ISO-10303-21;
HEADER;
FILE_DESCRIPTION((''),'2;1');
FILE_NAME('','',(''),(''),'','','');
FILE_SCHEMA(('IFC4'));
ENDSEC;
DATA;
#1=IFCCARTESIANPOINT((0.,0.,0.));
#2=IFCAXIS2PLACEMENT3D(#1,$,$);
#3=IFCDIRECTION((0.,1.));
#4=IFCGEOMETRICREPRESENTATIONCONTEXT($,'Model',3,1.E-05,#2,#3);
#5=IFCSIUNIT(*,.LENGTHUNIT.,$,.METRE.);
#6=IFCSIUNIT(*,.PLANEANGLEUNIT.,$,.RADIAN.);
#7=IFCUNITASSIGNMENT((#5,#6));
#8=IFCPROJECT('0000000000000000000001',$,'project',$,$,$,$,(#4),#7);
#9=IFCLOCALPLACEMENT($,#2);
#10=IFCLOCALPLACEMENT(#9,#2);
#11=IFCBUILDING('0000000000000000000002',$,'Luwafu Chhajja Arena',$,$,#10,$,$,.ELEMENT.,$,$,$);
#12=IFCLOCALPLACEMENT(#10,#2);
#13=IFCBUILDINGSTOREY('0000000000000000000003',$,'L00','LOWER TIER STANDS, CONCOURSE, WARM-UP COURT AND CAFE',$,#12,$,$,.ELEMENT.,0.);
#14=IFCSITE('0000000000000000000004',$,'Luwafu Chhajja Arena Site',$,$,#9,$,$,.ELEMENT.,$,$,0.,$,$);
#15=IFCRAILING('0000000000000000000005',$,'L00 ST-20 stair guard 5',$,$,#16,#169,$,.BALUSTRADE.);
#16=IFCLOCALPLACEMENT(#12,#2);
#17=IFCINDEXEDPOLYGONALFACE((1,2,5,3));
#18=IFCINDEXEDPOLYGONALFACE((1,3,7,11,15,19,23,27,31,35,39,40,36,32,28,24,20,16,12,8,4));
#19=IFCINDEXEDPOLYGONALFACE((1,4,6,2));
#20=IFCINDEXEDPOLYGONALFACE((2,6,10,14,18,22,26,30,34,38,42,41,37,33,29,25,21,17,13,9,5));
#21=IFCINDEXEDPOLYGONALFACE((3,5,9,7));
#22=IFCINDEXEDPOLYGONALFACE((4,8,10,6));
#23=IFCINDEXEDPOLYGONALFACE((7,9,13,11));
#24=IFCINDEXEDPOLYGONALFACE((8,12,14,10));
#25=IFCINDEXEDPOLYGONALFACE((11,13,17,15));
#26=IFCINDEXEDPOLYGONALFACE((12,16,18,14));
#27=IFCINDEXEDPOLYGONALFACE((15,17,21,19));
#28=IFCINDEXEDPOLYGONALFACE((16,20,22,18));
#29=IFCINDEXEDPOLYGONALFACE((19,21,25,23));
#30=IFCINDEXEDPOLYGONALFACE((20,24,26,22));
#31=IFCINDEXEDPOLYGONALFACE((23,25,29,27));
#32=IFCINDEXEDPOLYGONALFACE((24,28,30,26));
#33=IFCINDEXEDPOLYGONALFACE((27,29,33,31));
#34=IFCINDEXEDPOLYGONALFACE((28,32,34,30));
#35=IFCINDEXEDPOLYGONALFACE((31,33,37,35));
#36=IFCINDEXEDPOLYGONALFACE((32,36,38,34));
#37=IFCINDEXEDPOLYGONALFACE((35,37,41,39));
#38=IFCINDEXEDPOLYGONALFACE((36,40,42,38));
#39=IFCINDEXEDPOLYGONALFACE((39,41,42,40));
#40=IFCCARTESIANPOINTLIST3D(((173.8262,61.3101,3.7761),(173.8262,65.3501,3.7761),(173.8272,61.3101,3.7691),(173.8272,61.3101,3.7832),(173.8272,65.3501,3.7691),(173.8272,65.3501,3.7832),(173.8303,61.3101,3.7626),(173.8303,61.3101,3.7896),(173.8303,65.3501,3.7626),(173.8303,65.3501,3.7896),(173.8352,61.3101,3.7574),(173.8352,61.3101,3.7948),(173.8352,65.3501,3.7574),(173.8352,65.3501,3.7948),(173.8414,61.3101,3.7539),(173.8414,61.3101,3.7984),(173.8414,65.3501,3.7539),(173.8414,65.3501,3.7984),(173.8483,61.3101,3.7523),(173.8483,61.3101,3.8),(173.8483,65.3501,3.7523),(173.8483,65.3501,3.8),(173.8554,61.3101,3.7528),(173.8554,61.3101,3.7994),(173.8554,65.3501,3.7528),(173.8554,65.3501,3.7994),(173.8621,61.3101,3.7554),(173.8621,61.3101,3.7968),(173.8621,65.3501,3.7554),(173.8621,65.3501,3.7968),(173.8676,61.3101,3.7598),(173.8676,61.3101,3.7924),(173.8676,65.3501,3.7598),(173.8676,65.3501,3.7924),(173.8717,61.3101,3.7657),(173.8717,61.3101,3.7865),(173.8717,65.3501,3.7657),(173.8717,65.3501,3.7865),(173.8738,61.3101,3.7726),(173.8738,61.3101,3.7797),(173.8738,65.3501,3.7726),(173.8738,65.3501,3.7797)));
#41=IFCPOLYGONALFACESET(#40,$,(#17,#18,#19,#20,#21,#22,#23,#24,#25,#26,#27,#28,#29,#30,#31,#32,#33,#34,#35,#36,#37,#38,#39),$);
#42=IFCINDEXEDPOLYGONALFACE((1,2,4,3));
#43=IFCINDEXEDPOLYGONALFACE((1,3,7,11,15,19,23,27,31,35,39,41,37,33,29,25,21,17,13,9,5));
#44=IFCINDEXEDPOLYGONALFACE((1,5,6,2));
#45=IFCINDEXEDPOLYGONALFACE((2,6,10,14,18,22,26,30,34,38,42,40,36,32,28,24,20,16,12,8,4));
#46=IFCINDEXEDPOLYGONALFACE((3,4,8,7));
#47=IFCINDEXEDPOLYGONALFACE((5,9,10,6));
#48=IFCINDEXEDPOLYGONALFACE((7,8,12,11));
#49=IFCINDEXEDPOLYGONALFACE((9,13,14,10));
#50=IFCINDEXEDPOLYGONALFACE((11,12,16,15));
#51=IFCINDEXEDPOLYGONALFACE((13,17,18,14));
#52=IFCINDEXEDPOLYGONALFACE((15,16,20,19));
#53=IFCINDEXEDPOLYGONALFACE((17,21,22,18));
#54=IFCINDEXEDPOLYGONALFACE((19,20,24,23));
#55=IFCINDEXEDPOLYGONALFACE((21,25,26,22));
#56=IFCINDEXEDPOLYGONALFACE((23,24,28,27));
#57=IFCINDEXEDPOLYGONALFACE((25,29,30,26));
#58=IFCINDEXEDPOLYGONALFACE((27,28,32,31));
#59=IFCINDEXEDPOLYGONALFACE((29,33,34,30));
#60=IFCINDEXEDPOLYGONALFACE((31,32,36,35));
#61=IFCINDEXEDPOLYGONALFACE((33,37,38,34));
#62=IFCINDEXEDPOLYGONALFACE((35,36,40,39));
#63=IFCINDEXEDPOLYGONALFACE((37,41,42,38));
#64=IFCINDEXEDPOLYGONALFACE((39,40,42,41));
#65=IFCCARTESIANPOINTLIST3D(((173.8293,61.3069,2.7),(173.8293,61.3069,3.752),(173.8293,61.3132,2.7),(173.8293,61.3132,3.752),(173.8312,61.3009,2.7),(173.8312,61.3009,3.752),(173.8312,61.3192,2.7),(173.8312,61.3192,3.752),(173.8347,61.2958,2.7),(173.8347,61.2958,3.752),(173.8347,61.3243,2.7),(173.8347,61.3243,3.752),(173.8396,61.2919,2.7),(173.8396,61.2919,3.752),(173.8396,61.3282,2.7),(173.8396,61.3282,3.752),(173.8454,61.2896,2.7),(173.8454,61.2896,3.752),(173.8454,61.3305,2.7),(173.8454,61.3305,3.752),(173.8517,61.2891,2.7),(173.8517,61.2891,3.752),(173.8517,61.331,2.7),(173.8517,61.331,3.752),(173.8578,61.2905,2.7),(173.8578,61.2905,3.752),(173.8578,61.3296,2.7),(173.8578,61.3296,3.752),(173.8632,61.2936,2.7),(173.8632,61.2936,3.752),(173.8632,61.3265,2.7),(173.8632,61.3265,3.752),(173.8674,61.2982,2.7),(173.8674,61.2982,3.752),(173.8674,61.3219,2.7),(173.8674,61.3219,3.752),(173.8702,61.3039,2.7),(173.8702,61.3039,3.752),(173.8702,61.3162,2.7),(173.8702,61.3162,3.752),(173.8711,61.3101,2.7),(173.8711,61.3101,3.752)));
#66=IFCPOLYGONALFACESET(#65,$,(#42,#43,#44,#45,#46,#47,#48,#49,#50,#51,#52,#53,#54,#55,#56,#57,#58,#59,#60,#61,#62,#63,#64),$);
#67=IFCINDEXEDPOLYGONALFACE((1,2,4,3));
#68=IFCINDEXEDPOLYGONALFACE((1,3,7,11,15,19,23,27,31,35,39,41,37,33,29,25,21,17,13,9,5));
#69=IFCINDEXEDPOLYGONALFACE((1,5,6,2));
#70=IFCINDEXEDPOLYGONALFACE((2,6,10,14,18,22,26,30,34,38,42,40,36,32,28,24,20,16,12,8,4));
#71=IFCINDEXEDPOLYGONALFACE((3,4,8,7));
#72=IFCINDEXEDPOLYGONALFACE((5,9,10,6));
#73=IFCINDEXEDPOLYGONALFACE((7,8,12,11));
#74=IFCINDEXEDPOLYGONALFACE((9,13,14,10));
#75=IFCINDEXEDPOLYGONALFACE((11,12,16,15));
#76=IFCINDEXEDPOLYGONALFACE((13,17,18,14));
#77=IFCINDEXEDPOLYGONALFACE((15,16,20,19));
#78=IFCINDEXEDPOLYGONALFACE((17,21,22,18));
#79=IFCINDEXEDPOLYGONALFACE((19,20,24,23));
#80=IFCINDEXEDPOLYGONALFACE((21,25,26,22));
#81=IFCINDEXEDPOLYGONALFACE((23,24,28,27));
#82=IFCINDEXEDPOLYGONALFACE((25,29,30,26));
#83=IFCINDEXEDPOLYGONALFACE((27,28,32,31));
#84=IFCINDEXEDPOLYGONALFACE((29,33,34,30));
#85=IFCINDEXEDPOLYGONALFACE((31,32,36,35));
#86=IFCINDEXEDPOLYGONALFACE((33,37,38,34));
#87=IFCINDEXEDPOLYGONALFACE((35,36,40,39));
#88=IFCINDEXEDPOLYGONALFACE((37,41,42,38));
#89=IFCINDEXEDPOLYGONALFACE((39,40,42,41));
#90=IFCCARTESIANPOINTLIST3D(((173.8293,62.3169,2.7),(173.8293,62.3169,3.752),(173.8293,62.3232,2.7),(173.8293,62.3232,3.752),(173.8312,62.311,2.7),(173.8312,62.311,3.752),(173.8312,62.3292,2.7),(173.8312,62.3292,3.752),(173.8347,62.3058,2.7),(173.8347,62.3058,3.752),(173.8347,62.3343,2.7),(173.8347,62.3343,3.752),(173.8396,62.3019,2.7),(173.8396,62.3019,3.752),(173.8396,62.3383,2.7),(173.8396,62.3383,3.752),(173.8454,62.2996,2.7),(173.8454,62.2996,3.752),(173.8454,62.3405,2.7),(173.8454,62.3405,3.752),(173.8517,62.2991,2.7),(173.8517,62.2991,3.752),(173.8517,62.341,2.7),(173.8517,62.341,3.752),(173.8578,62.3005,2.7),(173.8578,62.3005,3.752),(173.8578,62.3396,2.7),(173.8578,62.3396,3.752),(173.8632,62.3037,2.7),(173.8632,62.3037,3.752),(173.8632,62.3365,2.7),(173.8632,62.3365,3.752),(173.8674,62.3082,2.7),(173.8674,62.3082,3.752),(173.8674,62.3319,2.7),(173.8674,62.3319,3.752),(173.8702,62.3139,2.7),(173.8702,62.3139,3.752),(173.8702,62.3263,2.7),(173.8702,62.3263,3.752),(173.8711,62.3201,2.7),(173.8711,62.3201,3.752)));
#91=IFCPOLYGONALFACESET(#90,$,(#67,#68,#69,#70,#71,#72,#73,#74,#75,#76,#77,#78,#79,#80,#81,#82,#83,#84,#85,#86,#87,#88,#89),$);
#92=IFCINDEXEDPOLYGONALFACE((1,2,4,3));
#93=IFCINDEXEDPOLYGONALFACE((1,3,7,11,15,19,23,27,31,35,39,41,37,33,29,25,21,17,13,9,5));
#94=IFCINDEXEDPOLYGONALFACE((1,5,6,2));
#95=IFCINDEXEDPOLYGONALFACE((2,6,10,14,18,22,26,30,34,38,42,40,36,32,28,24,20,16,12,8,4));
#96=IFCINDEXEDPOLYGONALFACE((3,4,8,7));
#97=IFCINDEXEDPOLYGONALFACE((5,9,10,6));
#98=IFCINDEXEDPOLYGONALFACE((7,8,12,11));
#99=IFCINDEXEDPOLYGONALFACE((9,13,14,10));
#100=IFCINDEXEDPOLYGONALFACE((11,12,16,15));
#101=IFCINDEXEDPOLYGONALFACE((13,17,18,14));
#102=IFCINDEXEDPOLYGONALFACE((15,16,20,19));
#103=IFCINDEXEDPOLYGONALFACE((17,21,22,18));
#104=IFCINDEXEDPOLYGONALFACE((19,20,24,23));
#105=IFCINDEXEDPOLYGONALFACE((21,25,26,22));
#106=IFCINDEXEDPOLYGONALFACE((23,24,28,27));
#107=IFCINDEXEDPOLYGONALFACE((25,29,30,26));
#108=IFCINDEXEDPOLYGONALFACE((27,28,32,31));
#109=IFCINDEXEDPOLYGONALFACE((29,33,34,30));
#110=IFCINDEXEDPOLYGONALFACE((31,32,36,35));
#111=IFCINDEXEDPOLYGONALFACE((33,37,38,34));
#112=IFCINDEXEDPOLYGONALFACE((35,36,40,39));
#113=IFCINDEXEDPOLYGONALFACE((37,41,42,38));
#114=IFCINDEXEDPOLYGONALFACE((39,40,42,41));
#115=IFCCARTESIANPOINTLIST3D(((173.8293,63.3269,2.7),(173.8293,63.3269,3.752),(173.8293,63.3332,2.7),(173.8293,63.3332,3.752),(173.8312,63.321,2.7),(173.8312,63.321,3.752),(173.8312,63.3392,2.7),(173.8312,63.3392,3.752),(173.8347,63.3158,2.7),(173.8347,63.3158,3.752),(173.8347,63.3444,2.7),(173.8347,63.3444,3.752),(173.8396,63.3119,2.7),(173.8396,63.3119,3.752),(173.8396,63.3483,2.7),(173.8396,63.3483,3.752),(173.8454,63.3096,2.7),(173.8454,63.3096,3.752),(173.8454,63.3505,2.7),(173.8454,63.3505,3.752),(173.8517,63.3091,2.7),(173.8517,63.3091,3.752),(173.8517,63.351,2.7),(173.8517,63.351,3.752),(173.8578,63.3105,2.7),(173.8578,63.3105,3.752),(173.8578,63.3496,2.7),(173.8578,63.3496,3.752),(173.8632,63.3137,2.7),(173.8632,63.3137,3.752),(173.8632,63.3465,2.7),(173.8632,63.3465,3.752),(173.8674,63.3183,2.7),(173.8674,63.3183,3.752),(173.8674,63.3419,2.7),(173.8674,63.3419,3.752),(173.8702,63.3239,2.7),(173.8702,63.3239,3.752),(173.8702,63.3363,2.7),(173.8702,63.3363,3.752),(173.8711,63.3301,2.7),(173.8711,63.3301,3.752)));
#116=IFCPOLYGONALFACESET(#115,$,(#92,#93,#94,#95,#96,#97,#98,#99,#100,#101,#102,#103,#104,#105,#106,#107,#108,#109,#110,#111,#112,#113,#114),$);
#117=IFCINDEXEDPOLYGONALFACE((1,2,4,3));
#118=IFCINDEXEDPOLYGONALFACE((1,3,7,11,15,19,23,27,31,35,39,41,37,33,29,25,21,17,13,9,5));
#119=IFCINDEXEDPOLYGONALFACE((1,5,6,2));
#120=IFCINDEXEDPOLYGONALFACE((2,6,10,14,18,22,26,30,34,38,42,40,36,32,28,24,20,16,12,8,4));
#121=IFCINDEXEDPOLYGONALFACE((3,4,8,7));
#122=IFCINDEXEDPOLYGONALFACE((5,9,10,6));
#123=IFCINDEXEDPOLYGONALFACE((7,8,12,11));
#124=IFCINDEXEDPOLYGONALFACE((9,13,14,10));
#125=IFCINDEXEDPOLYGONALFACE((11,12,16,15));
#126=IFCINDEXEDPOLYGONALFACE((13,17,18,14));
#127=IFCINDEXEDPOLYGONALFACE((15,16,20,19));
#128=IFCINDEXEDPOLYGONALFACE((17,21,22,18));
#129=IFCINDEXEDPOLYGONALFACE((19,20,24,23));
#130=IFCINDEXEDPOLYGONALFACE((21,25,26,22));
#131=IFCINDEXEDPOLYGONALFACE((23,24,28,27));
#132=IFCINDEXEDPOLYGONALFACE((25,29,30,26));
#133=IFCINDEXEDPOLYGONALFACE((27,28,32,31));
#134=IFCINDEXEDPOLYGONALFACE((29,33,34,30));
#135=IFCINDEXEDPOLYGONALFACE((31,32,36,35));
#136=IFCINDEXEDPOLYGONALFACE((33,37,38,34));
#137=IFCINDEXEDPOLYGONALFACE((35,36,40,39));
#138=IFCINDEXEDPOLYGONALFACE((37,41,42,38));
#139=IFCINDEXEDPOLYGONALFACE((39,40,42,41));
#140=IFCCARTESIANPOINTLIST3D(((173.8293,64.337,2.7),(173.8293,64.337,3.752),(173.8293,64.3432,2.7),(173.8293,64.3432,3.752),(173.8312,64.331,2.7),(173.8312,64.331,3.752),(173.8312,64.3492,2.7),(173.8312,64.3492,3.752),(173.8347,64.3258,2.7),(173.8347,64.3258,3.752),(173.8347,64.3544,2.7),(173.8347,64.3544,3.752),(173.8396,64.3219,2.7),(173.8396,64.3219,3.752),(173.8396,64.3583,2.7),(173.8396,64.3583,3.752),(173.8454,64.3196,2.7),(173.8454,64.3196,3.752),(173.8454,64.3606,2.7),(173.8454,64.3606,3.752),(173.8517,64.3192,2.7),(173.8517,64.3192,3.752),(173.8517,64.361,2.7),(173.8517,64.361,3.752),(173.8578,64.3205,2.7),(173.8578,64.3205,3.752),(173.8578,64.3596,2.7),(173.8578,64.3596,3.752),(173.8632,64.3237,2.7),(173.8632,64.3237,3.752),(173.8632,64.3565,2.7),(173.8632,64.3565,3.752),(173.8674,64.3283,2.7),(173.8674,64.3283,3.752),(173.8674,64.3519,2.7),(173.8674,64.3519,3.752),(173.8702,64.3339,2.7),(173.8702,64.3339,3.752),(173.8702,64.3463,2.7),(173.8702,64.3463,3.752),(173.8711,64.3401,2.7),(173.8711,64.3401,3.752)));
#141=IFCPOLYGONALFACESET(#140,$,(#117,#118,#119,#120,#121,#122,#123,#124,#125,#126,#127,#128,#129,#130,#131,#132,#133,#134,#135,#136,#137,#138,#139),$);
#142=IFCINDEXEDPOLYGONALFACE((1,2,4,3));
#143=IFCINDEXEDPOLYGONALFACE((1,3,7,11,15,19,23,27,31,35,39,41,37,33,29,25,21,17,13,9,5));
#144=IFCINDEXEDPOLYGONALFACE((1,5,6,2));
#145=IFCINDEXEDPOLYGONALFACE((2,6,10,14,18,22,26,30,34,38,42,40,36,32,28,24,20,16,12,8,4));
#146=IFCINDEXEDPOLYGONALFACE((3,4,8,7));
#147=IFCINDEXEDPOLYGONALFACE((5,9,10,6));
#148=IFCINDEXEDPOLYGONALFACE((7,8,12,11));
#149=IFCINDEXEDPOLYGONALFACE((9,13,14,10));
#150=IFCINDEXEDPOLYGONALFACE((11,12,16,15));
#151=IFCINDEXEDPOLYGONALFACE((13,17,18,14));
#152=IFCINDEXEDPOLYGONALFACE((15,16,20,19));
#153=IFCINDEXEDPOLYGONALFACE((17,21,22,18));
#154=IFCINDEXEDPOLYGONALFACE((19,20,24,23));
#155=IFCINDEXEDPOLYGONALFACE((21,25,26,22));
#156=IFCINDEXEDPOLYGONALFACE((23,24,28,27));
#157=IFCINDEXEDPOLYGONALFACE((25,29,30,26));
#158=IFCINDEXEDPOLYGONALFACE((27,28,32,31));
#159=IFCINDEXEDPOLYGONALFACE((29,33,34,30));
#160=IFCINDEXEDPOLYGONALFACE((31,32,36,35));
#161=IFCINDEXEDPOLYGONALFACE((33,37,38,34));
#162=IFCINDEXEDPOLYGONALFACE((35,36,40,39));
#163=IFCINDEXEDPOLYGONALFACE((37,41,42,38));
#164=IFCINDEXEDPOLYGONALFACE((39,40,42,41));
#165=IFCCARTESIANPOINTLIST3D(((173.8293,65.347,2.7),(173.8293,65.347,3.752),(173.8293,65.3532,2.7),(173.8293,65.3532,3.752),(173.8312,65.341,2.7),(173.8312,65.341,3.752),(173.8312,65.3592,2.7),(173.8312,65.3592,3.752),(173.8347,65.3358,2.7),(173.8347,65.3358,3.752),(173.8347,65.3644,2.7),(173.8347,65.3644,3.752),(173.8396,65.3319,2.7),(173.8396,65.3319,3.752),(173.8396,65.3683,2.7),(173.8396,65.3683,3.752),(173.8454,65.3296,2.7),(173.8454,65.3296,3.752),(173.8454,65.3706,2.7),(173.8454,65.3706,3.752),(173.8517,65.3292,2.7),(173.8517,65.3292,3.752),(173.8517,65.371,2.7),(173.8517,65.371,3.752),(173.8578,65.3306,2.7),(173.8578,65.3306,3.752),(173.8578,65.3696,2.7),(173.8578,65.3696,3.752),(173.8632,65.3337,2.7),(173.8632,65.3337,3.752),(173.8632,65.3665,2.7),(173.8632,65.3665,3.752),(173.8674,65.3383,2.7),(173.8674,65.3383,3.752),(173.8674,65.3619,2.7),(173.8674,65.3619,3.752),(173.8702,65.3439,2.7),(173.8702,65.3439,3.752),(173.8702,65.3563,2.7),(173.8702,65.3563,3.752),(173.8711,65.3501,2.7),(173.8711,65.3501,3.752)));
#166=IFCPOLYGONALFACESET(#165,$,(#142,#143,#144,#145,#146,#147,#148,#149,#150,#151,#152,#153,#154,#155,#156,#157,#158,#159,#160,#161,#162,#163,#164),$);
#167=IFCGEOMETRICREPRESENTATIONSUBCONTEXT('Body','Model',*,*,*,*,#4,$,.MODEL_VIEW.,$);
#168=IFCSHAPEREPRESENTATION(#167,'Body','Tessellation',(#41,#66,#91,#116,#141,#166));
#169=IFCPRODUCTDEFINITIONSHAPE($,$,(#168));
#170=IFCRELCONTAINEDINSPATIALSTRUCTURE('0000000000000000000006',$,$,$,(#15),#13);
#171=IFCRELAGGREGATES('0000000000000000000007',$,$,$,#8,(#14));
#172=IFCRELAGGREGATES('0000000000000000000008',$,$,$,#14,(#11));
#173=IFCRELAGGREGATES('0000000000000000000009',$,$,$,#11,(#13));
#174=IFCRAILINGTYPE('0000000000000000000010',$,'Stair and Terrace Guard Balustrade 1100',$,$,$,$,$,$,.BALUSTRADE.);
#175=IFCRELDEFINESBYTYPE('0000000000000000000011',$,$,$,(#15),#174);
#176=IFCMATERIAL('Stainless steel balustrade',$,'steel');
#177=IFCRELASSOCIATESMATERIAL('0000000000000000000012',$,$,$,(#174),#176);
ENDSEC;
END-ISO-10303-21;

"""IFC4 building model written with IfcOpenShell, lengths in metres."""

from ifc_helpers import new_model, si_unit, direction, frame, origin, origin_2d, place, context, subcontext, project, spatial, circle, extrude, material, type_object, element, save


model = new_model("IFC4")

# Units and contexts
model_context = context("Model", 3, precision=1e-05, world=origin(), true_north=direction((0.0, 1.0)))
body_context = subcontext(model_context, "Body", "Model", "MODEL_VIEW")
ifc_project = project(units=[si_unit("LENGTHUNIT", "METRE"), si_unit("PLANEANGLEUNIT", "RADIAN")], contexts=[model_context])

# Site, building, storey
site_placement = place(None, origin())
site = spatial("IfcSite", under=ifc_project, at=site_placement, Name="Luwafu Chhajja Arena Site", CompositionType="ELEMENT", RefElevation=0.0)
building_placement = place(site_placement, origin())
building = spatial("IfcBuilding", under=site, at=building_placement, Name="Luwafu Chhajja Arena", CompositionType="ELEMENT")
storey_placement = place(building_placement, origin())
storey = spatial("IfcBuildingStorey", under=building, at=storey_placement, Name="L00", Description="LOWER TIER STANDS, CONCOURSE, WARM-UP COURT AND CAFE", CompositionType="ELEMENT", Elevation=0.0)

# Railing
ifc_material_1 = material(Name="Stainless steel balustrade", Category="steel")
railing_type_1 = type_object("IfcRailingType", Name="Stair and Terrace Guard Balustrade 1100", PredefinedType="BALUSTRADE", material=ifc_material_1)
railing_1_placement = place(storey_placement, frame((173.8501, 61.3101, 2.7)))
element("IfcRailing", 1, at=railing_1_placement, inside=storey, type_object=railing_type_1, Name="L00 ST-20 stair guard 5", PredefinedType="BALUSTRADE", context=body_context, shape_type="SweptSolid", body=[
    extrude(circle(Radius=0.0239, at=origin_2d()), frame((0.0, 0.0, 1.0762), z_axis=(0.0, 1.0, 0.0), x_axis=(-1.0, 0.0, 0.0)), (0.0, 0.0, 1.0), 4.04),
    extrude(circle(Radius=0.021, at=origin_2d()), origin(), (0.0, 0.0, 1.0), 1.052),
    extrude(circle(Radius=0.021, at=origin_2d()), frame((0.0, 1.01, 0.0)), (0.0, 0.0, 1.0), 1.052),
    extrude(circle(Radius=0.021, at=origin_2d()), frame((0.0, 2.02, 0.0)), (0.0, 0.0, 1.0), 1.052),
    extrude(circle(Radius=0.021, at=origin_2d()), frame((0.0, 3.03, 0.0)), (0.0, 0.0, 1.0), 1.052),
    extrude(circle(Radius=0.021, at=origin_2d()), frame((0.0, 4.04, 0.0)), (0.0, 0.0, 1.0), 1.052),
])

save(model, "model.ifc")
